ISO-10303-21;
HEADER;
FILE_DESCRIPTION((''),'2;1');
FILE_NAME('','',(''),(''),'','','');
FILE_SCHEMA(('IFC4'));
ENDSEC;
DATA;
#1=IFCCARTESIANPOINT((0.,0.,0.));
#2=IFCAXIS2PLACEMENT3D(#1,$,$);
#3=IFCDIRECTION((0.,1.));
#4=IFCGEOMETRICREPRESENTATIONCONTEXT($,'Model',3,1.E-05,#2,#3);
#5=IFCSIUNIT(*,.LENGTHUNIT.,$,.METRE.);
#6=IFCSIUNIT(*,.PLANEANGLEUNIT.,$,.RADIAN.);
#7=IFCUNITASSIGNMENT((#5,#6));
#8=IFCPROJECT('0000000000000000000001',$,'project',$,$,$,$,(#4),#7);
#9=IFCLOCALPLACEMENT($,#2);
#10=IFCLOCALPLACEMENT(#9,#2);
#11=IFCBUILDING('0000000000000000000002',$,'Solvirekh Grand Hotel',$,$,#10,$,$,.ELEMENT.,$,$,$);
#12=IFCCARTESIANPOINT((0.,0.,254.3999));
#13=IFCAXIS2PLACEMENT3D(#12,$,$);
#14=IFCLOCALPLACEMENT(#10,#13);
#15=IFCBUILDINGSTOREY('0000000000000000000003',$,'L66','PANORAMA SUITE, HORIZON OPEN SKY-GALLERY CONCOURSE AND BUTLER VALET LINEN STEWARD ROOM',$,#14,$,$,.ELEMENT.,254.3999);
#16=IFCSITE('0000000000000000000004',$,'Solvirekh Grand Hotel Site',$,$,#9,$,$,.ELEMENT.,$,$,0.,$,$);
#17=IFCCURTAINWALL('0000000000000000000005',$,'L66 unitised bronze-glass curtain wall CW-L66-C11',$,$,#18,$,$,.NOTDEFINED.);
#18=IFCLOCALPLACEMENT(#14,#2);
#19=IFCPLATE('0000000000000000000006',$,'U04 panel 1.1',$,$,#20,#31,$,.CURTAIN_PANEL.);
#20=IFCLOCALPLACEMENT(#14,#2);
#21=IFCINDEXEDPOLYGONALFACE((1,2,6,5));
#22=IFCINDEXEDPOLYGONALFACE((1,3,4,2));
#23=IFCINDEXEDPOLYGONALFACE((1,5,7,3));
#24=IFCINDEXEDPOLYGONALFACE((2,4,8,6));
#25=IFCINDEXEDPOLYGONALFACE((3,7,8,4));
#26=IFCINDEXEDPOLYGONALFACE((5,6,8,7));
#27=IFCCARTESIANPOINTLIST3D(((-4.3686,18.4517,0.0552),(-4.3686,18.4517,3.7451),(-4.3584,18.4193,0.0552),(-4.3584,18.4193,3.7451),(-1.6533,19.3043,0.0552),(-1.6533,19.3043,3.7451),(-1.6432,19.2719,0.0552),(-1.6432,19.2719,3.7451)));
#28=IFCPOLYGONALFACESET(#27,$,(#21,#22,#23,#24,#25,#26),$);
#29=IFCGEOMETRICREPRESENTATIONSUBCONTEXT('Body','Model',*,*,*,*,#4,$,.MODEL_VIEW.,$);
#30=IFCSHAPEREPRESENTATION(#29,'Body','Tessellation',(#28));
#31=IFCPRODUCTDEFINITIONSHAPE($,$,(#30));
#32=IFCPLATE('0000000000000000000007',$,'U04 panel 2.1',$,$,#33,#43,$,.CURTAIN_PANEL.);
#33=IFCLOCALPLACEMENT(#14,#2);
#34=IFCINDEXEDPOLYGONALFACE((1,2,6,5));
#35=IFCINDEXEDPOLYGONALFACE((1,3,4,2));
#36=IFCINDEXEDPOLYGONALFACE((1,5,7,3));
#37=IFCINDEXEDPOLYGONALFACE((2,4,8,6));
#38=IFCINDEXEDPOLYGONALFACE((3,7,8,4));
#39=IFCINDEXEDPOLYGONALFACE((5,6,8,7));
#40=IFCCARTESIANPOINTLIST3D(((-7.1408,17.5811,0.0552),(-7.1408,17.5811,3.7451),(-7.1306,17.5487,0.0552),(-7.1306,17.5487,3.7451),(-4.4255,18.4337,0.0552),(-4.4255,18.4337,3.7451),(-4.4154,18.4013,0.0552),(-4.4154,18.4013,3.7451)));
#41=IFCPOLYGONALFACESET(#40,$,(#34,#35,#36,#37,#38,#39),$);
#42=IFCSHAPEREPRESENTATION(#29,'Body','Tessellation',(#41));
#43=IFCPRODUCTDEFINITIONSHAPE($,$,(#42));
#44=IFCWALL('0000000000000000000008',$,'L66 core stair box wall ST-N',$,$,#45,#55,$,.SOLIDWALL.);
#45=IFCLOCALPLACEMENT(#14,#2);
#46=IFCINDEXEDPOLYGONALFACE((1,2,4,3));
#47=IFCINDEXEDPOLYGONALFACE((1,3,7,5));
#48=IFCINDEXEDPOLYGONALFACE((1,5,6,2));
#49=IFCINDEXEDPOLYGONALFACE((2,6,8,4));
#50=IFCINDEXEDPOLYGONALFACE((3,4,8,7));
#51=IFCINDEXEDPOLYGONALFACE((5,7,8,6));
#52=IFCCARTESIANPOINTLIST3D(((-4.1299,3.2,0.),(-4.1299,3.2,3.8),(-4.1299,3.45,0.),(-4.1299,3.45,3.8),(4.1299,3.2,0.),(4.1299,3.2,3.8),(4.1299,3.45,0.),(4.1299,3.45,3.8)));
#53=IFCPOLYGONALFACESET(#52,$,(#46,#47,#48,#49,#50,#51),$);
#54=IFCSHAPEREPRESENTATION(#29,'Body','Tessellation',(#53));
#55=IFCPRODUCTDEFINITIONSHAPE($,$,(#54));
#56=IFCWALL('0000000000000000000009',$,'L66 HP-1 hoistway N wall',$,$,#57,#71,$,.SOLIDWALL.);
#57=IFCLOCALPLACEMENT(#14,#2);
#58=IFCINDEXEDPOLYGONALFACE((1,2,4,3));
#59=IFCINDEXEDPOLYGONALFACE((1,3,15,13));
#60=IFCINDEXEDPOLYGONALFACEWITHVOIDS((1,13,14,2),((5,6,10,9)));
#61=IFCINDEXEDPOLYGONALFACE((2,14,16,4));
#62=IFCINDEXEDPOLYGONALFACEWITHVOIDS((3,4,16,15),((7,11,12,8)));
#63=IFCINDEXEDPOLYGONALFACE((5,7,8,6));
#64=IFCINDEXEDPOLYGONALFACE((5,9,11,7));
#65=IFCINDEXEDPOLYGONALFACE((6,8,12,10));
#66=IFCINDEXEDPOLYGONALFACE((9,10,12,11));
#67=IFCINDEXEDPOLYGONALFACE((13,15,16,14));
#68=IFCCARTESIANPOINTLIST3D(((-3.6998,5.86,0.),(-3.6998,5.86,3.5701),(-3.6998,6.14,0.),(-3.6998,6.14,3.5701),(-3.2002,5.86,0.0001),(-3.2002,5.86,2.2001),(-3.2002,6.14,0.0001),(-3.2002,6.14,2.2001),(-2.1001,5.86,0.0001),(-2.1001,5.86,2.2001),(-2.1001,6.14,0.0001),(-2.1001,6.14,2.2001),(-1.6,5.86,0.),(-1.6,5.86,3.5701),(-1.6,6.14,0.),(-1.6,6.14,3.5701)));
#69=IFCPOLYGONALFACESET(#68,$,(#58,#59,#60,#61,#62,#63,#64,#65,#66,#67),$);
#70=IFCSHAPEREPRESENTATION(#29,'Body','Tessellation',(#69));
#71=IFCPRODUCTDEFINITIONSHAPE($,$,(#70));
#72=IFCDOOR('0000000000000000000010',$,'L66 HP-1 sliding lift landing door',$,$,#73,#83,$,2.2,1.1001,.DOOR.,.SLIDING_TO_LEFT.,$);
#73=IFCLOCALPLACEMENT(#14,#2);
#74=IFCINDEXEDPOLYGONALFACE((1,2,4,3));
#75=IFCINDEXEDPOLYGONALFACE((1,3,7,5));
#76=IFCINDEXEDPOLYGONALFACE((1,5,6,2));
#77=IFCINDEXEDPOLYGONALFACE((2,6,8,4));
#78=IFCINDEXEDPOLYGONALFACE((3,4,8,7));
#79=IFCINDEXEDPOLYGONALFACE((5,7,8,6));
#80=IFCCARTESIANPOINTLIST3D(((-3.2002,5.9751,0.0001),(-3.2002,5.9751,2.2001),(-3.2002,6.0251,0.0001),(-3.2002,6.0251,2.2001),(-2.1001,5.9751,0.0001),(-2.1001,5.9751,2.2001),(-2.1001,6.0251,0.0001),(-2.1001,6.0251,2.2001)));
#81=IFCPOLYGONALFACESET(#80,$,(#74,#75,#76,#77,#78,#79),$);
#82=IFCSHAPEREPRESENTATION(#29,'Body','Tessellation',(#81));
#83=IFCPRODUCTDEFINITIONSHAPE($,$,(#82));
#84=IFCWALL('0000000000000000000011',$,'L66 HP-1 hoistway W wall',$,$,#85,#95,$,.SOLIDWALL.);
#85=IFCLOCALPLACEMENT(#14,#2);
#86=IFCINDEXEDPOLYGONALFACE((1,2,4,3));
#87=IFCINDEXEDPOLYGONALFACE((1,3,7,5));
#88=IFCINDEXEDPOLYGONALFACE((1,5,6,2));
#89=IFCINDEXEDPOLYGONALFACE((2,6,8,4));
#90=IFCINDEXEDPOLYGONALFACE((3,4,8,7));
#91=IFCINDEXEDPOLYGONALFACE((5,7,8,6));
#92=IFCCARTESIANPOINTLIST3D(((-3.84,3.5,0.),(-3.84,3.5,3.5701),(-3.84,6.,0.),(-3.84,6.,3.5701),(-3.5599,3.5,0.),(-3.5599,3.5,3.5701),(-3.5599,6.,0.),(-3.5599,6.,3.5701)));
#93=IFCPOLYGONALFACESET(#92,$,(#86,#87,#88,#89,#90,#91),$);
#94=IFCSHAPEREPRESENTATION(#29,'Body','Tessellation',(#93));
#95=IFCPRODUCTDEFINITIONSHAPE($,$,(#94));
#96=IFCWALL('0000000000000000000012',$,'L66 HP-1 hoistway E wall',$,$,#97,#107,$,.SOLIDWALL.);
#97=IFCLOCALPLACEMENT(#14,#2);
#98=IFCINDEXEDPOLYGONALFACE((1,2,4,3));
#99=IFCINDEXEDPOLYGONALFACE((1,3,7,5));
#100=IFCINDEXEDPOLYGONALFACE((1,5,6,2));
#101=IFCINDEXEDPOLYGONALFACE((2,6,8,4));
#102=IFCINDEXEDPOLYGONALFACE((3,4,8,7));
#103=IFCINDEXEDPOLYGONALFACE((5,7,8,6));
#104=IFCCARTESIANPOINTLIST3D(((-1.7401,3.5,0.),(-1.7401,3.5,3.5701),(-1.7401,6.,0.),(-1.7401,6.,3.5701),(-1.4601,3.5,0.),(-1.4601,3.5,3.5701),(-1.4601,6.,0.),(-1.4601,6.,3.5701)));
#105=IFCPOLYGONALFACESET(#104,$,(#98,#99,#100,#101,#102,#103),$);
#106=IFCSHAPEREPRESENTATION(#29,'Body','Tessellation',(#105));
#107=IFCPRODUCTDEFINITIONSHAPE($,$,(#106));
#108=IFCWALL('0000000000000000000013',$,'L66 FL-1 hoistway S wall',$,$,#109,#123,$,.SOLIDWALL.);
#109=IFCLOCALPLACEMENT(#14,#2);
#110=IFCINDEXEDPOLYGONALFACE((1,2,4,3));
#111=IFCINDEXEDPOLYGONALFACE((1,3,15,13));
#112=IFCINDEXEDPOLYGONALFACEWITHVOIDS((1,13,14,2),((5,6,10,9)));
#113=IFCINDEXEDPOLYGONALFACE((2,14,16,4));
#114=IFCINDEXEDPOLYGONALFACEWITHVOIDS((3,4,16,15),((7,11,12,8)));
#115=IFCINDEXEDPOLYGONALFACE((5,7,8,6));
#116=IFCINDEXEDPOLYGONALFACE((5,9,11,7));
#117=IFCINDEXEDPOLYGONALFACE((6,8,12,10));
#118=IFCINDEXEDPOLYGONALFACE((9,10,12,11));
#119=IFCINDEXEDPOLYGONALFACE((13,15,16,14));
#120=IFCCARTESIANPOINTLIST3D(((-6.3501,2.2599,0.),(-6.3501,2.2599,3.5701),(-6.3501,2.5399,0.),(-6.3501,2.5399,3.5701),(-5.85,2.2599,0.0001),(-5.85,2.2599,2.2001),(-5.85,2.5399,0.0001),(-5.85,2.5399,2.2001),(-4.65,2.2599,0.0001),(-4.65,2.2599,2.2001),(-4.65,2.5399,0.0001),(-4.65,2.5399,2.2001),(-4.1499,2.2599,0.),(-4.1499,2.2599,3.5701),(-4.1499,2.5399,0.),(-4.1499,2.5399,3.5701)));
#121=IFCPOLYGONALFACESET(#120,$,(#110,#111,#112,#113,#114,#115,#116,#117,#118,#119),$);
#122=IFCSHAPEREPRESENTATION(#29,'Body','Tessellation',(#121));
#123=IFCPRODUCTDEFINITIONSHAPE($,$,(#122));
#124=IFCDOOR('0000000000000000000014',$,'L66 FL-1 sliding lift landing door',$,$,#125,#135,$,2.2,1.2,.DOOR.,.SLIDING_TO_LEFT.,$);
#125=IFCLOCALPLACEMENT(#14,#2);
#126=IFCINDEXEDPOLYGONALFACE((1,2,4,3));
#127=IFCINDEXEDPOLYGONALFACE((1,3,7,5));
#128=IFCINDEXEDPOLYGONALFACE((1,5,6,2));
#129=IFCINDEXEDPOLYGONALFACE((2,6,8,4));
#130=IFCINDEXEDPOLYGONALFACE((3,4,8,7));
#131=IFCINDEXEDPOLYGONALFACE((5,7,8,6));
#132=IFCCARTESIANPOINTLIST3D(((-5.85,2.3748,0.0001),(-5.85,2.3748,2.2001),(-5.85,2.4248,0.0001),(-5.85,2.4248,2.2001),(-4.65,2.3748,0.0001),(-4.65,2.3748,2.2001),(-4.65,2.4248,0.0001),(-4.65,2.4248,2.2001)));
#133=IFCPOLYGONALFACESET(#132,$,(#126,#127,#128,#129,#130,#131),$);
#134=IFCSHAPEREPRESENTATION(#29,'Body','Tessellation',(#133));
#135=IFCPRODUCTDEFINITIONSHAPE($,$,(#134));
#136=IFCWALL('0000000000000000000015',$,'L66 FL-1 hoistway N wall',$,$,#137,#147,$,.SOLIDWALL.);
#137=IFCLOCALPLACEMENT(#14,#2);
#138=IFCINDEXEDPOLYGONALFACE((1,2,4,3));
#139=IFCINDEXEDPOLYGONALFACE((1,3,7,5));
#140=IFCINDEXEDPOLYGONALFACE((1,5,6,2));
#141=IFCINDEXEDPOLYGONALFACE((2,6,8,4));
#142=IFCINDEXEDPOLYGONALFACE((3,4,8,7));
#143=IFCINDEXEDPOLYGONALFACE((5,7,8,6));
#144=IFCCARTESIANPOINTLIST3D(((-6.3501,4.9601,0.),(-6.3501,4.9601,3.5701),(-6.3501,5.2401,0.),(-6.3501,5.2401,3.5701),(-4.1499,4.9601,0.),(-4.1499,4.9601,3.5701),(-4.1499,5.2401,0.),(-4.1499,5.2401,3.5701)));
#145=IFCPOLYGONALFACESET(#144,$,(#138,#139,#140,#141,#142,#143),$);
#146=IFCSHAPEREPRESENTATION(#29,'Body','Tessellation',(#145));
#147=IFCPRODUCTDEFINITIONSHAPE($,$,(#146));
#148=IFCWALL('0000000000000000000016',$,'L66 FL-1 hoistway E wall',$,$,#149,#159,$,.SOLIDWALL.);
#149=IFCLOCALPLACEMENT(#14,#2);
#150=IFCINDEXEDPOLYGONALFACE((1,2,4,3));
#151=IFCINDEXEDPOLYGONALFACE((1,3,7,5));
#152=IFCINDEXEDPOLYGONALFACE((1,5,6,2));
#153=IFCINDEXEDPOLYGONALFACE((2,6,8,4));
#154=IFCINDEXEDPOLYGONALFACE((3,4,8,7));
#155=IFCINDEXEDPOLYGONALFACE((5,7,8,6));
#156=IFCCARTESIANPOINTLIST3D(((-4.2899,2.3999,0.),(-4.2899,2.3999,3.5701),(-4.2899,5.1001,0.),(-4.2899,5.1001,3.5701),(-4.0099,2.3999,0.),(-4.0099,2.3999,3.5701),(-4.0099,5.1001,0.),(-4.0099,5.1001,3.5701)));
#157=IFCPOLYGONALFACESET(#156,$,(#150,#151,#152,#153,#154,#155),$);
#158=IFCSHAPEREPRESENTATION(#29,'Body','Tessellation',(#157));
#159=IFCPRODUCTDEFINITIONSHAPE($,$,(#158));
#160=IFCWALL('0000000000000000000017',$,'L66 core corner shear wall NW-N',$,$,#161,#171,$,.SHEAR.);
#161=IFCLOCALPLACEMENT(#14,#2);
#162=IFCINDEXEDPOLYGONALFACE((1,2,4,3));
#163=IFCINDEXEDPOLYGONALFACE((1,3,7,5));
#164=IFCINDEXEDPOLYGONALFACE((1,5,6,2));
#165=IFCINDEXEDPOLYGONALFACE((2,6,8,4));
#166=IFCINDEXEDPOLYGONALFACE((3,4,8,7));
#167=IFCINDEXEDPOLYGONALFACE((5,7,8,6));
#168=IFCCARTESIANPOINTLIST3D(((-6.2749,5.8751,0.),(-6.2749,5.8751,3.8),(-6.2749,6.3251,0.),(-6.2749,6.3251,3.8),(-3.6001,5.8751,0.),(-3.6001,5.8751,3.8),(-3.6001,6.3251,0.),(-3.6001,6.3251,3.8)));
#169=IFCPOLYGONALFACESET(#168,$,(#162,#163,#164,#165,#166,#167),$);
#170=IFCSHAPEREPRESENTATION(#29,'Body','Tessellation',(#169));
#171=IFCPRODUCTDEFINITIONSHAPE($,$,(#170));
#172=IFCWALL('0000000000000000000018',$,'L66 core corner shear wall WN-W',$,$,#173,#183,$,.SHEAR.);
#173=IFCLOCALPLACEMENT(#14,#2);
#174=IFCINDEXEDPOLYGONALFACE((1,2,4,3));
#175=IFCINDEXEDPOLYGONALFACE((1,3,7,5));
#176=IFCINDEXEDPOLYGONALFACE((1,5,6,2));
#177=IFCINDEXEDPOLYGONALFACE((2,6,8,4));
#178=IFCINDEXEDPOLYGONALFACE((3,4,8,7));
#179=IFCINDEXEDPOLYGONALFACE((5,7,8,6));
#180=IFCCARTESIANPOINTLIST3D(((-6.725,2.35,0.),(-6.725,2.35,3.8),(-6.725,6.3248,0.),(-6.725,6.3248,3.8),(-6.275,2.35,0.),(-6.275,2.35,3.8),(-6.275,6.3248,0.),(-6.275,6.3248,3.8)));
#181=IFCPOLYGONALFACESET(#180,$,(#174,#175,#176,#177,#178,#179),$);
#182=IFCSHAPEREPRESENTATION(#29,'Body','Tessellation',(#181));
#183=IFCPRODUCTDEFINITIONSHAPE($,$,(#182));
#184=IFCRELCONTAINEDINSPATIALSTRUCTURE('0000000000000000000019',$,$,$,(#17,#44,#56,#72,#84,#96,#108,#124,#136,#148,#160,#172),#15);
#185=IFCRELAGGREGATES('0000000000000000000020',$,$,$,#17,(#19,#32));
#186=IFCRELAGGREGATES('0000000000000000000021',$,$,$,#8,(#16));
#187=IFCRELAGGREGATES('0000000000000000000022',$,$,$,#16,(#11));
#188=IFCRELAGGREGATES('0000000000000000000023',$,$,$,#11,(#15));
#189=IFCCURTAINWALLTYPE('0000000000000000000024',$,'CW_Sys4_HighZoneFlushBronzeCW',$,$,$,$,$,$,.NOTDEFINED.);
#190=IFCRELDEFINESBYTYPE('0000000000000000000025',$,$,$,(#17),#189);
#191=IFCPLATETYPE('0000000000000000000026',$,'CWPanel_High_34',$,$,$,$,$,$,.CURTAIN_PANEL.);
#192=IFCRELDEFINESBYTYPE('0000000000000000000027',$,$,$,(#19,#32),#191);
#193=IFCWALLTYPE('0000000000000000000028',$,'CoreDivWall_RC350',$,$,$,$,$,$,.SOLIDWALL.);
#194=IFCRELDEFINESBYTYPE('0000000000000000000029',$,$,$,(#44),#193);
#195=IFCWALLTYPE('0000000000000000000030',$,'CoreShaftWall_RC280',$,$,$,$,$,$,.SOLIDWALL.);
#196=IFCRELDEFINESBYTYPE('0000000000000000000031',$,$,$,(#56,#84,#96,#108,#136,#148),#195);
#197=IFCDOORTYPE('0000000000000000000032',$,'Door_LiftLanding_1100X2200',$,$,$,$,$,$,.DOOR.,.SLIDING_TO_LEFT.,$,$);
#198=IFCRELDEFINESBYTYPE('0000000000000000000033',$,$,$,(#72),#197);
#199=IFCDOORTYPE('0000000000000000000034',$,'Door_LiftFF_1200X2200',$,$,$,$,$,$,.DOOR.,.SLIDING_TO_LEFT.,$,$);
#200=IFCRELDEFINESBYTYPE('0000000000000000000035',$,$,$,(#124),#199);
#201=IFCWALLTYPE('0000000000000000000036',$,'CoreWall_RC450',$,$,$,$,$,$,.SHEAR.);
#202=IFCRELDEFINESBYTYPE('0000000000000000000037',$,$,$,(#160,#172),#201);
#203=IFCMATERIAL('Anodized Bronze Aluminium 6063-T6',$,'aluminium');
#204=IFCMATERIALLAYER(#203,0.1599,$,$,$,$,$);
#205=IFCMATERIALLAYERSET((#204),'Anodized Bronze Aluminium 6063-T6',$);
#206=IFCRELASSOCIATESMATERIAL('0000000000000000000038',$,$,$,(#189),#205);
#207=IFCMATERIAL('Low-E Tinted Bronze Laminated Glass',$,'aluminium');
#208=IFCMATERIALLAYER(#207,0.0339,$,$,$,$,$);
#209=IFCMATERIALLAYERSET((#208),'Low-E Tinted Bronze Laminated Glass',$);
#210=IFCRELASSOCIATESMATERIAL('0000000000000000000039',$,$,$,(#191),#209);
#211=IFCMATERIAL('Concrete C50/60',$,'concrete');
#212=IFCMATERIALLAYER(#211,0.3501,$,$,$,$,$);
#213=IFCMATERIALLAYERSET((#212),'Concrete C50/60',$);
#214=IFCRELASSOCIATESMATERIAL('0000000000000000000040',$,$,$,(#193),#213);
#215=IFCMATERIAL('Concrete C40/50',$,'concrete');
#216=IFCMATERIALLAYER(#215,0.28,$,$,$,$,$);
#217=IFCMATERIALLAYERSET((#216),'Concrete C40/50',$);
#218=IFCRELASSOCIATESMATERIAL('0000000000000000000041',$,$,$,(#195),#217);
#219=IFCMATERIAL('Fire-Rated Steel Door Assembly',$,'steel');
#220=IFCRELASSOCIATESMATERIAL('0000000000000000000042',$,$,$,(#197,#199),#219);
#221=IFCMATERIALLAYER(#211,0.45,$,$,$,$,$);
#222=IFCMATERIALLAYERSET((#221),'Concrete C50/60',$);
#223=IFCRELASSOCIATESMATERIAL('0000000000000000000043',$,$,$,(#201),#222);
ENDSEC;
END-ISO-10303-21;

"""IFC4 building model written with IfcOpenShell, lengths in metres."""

from ifc_helpers import new_model, si_unit, direction, frame, frame_2d, origin, origin_2d, place, context, subcontext, project, spatial, rectangle, extrude, source, transform, mapped, material, layer, layer_set, type_object, element, fill, aggregate, save


model = new_model("IFC4")

# Units and contexts
model_context = context("Model", 3, precision=1e-05, world=origin(), true_north=direction((0.0, 1.0)))
body_context = subcontext(model_context, "Body", "Model", "MODEL_VIEW")
ifc_project = project(units=[si_unit("LENGTHUNIT", "METRE"), si_unit("PLANEANGLEUNIT", "RADIAN")], contexts=[model_context])

# Site, building, storey
site_placement = place(None, origin())
site = spatial("IfcSite", under=ifc_project, at=site_placement, Name="Solvirekh Grand Hotel Site", CompositionType="ELEMENT", RefElevation=0.0)
building_placement = place(site_placement, origin())
building = spatial("IfcBuilding", under=site, at=building_placement, Name="Solvirekh Grand Hotel", CompositionType="ELEMENT")
storey_placement = place(building_placement, frame((0.0, 0.0, 254.3999)))
storey = spatial("IfcBuildingStorey", under=building, at=storey_placement, Name="L66", Description="PANORAMA SUITE, HORIZON OPEN SKY-GALLERY CONCOURSE AND BUTLER VALET LINEN STEWARD ROOM", CompositionType="ELEMENT", Elevation=254.3999)

# Shared definitions
ifc_material_1 = material(Name="Concrete C50/60", Category="concrete")

# Curtain wall, plates
ifc_material_2 = material(Name="Anodized Bronze Aluminium 6063-T6", Category="aluminium")
ifc_layer_1 = layer(ifc_material_2, 0.1599)
ifc_layer_set_1 = layer_set([ifc_layer_1], Name="Anodized Bronze Aluminium 6063-T6")
curtain_wall_type = type_object("IfcCurtainWallType", Name="CW_Sys4_HighZoneFlushBronzeCW", PredefinedType="NOTDEFINED", material=ifc_layer_set_1)
curtain_wall_placement = place(storey_placement, origin())
curtain_wall = element("IfcCurtainWall", 1, at=curtain_wall_placement, inside=storey, type_object=curtain_wall_type, Name="L66 unitised bronze-glass curtain wall CW-L66-C11", PredefinedType="NOTDEFINED")
ifc_material_3 = material(Name="Low-E Tinted Bronze Laminated Glass", Category="aluminium")
ifc_layer_2 = layer(ifc_material_3, 0.0339)
ifc_layer_set_2 = layer_set([ifc_layer_2], Name="Low-E Tinted Bronze Laminated Glass")
plate_type = type_object("IfcPlateType", Name="CWPanel_High_34", PredefinedType="CURTAIN_PANEL", material=ifc_layer_set_2)
shared_shape_1 = source(origin(), body_context, "Body", "SweptSolid", [
    extrude(rectangle(XDim=2.8459, YDim=0.0339, at=origin_2d()), origin(), (0.0, 0.0, 1.0), 3.6899),
])
plate_1_placement = place(storey_placement, frame((-3.0059, 18.8618, 0.0552), z_axis=(0.0, 0.0, 1.0), x_axis=(-0.954073, -0.299574, 0.0)))
plate_1 = element("IfcPlate", 2, at=plate_1_placement, type_object=plate_type, Name="U04 panel 1.1", PredefinedType="CURTAIN_PANEL", context=body_context, shape_type="MappedRepresentation", body=[
    mapped(shared_shape_1, transform((0.0, 0.0, 0.0), x_axis=(1.0, 0.0, 0.0), y_axis=(0.0, 1.0, 0.0), z_axis=(0.0, 0.0, 1.0), scale=1.0)),
])
plate_2_placement = place(storey_placement, frame((-5.7781, 17.9912, 0.0552), z_axis=(0.0, 0.0, 1.0), x_axis=(-0.954073, -0.299574, 0.0)))
plate_2 = element("IfcPlate", 3, at=plate_2_placement, type_object=plate_type, Name="U04 panel 2.1", PredefinedType="CURTAIN_PANEL", context=body_context, shape_type="MappedRepresentation", body=[
    mapped(shared_shape_1, transform((0.0, 0.0, 0.0), x_axis=(1.0, 0.0, 0.0), y_axis=(0.0, 1.0, 0.0), z_axis=(0.0, 0.0, 1.0), scale=1.0)),
])
aggregate(curtain_wall, [plate_1, plate_2])

# Wall
ifc_layer_3 = layer(ifc_material_1, 0.3501)
ifc_layer_set_3 = layer_set([ifc_layer_3], Name="Concrete C50/60")
wall_type_1 = type_object("IfcWallType", Name="CoreDivWall_RC350", PredefinedType="SOLIDWALL", material=ifc_layer_set_3)
wall_1_placement = place(storey_placement, frame((-4.1299, 3.325, 0.0), z_axis=(0.0, 0.0, 1.0), x_axis=(1.0, 0.0, 0.0)))
element("IfcWall", 4, at=wall_1_placement, inside=storey, type_object=wall_type_1, Name="L66 core stair box wall ST-N", PredefinedType="SOLIDWALL", context=body_context, shape_type="SweptSolid", body=[
    extrude(rectangle(XDim=8.2598, YDim=0.25, at=frame_2d((4.1299, 0.0))), origin(), (0.0, 0.0, 1.0), 3.8),
])

# Wall, opening, door
ifc_material_4 = material(Name="Concrete C40/50", Category="concrete")
ifc_layer_4 = layer(ifc_material_4, 0.28)
ifc_layer_set_4 = layer_set([ifc_layer_4], Name="Concrete C40/50")
wall_type_2 = type_object("IfcWallType", Name="CoreShaftWall_RC280", PredefinedType="SOLIDWALL", material=ifc_layer_set_4)
wall_2_placement = place(storey_placement, frame((-1.6001, 6.0, 0.0), z_axis=(0.0, 0.0, 1.0), x_axis=(-1.0, 0.0, 0.0)))
wall_2 = element("IfcWall", 5, at=wall_2_placement, inside=storey, type_object=wall_type_2, Name="L66 HP-1 hoistway N wall", PredefinedType="SOLIDWALL", context=body_context, shape_type="SweptSolid", body=[
    extrude(rectangle(XDim=2.0999, YDim=0.28, at=frame_2d((1.0498, 0.0))), origin(), (0.0, 0.0, 1.0), 3.5701),
])
opening_1_placement = place(wall_2_placement, frame((0.5, 0.0, 0.0)))
opening_1 = element("IfcOpeningElement", 6, at=opening_1_placement, cuts=wall_2, PredefinedType="OPENING", context=body_context, shape_type="SweptSolid", body=[
    extrude(rectangle(XDim=1.1001, YDim=2.2, at=frame_2d((0.55, 1.1001))), frame((0.0, 0.1499, 0.0), z_axis=(0.0, -1.0, 0.0), x_axis=(1.0, 0.0, 0.0)), (0.0, 0.0, 1.0), 0.3),
])
ifc_material_5 = material(Name="Fire-Rated Steel Door Assembly", Category="steel")
door_type_1 = type_object("IfcDoorType", Name="Door_LiftLanding_1100X2200", OperationType="SLIDING_TO_LEFT", PredefinedType="DOOR", material=ifc_material_5)
door_1_placement = place(opening_1_placement, origin())
door_1 = element("IfcDoor", 7, at=door_1_placement, inside=storey, type_object=door_type_1, Name="L66 HP-1 sliding lift landing door", OperationType="SLIDING_TO_LEFT", OverallHeight=2.2, OverallWidth=1.1001, PredefinedType="DOOR", context=body_context, shape_type="SweptSolid", body=[
    extrude(rectangle(XDim=1.1001, YDim=2.2, at=frame_2d((0.55, 1.1001))), frame((0.0, 0.0249, 0.0), z_axis=(0.0, -1.0, 0.0), x_axis=(1.0, 0.0, 0.0)), (0.0, 0.0, 1.0), 0.05),
])
fill(opening_1, door_1)

# Walls
for number, where, z_axis, x_axis, name in (
    (8, (-3.7, 6.0, 0.0), (0.0, 0.0, 1.0), (0.0, -1.0, 0.0), "L66 HP-1 hoistway W wall"),
    (9, (-1.6001, 3.5, 0.0), (0.0, 0.0, 1.0), (0.0, 1.0, 0.0), "L66 HP-1 hoistway E wall"),
):
    element("IfcWall", number, at=place(storey_placement, frame(where, z_axis=z_axis, x_axis=x_axis)), inside=storey, type_object=wall_type_2, Name=name, PredefinedType="SOLIDWALL", context=body_context, shape_type="SweptSolid", body=[
        extrude(rectangle(XDim=2.5, YDim=0.28, at=frame_2d((1.25, 0.0))), origin(), (0.0, 0.0, 1.0), 3.5701),
    ])

# Wall, opening, door
wall_3_placement = place(storey_placement, frame((-6.3501, 2.3999, 0.0), z_axis=(0.0, 0.0, 1.0), x_axis=(1.0, 0.0, 0.0)))
wall_3 = element("IfcWall", 10, at=wall_3_placement, inside=storey, type_object=wall_type_2, Name="L66 FL-1 hoistway S wall", PredefinedType="SOLIDWALL", context=body_context, shape_type="SweptSolid", body=[
    extrude(rectangle(XDim=2.2002, YDim=0.28, at=frame_2d((1.1001, 0.0))), origin(), (0.0, 0.0, 1.0), 3.5701),
])
opening_2_placement = place(wall_3_placement, frame((0.5, 0.0, 0.0)))
opening_2 = element("IfcOpeningElement", 11, at=opening_2_placement, cuts=wall_3, PredefinedType="OPENING", context=body_context, shape_type="SweptSolid", body=[
    extrude(rectangle(XDim=1.2, YDim=2.2, at=frame_2d((0.6001, 1.1001))), frame((0.0, 0.1499, 0.0), z_axis=(0.0, -1.0, 0.0), x_axis=(1.0, 0.0, 0.0)), (0.0, 0.0, 1.0), 0.3),
])
door_type_2 = type_object("IfcDoorType", Name="Door_LiftFF_1200X2200", OperationType="SLIDING_TO_LEFT", PredefinedType="DOOR", material=ifc_material_5)
door_2_placement = place(opening_2_placement, origin())
door_2 = element("IfcDoor", 12, at=door_2_placement, inside=storey, type_object=door_type_2, Name="L66 FL-1 sliding lift landing door", OperationType="SLIDING_TO_LEFT", OverallHeight=2.2, OverallWidth=1.2, PredefinedType="DOOR", context=body_context, shape_type="SweptSolid", body=[
    extrude(rectangle(XDim=1.2, YDim=2.2, at=frame_2d((0.6001, 1.1001))), frame((0.0, 0.0249, 0.0), z_axis=(0.0, -1.0, 0.0), x_axis=(1.0, 0.0, 0.0)), (0.0, 0.0, 1.0), 0.05),
])
fill(opening_2, door_2)

# Walls
wall_4_placement = place(storey_placement, frame((-4.1499, 5.1001, 0.0), z_axis=(0.0, 0.0, 1.0), x_axis=(-1.0, 0.0, 0.0)))
element("IfcWall", 13, at=wall_4_placement, inside=storey, type_object=wall_type_2, Name="L66 FL-1 hoistway N wall", PredefinedType="SOLIDWALL", context=body_context, shape_type="SweptSolid", body=[
    extrude(rectangle(XDim=2.2002, YDim=0.28, at=frame_2d((1.1001, 0.0))), origin(), (0.0, 0.0, 1.0), 3.5701),
])
wall_5_placement = place(storey_placement, frame((-4.1499, 2.3999, 0.0), z_axis=(0.0, 0.0, 1.0), x_axis=(0.0, 1.0, 0.0)))
element("IfcWall", 14, at=wall_5_placement, inside=storey, type_object=wall_type_2, Name="L66 FL-1 hoistway E wall", PredefinedType="SOLIDWALL", context=body_context, shape_type="SweptSolid", body=[
    extrude(rectangle(XDim=2.7002, YDim=0.28, at=frame_2d((1.3501, 0.0))), origin(), (0.0, 0.0, 1.0), 3.5701),
])
ifc_layer_5 = layer(ifc_material_1, 0.45)
ifc_layer_set_5 = layer_set([ifc_layer_5], Name="Concrete C50/60")
wall_type_3 = type_object("IfcWallType", Name="CoreWall_RC450", PredefinedType="SHEAR", material=ifc_layer_set_5)
wall_6_placement = place(storey_placement, frame((-6.2749, 6.1001, 0.0), z_axis=(0.0, 0.0, 1.0), x_axis=(1.0, 0.0, 0.0)))
element("IfcWall", 15, at=wall_6_placement, inside=storey, type_object=wall_type_3, Name="L66 core corner shear wall NW-N", PredefinedType="SHEAR", context=body_context, shape_type="SweptSolid", body=[
    extrude(rectangle(XDim=2.6748, YDim=0.45, at=frame_2d((1.3374, 0.0))), origin(), (0.0, 0.0, 1.0), 3.8),
])
wall_7_placement = place(storey_placement, frame((-6.5, 2.3501, 0.0), z_axis=(0.0, 0.0, 1.0), x_axis=(0.0, 1.0, 0.0)))
element("IfcWall", 16, at=wall_7_placement, inside=storey, type_object=wall_type_3, Name="L66 core corner shear wall WN-W", PredefinedType="SHEAR", context=body_context, shape_type="SweptSolid", body=[
    extrude(rectangle(XDim=3.9749, YDim=0.45, at=frame_2d((1.9873, 0.0))), origin(), (0.0, 0.0, 1.0), 3.8),
])

save(model, "model.ifc")
